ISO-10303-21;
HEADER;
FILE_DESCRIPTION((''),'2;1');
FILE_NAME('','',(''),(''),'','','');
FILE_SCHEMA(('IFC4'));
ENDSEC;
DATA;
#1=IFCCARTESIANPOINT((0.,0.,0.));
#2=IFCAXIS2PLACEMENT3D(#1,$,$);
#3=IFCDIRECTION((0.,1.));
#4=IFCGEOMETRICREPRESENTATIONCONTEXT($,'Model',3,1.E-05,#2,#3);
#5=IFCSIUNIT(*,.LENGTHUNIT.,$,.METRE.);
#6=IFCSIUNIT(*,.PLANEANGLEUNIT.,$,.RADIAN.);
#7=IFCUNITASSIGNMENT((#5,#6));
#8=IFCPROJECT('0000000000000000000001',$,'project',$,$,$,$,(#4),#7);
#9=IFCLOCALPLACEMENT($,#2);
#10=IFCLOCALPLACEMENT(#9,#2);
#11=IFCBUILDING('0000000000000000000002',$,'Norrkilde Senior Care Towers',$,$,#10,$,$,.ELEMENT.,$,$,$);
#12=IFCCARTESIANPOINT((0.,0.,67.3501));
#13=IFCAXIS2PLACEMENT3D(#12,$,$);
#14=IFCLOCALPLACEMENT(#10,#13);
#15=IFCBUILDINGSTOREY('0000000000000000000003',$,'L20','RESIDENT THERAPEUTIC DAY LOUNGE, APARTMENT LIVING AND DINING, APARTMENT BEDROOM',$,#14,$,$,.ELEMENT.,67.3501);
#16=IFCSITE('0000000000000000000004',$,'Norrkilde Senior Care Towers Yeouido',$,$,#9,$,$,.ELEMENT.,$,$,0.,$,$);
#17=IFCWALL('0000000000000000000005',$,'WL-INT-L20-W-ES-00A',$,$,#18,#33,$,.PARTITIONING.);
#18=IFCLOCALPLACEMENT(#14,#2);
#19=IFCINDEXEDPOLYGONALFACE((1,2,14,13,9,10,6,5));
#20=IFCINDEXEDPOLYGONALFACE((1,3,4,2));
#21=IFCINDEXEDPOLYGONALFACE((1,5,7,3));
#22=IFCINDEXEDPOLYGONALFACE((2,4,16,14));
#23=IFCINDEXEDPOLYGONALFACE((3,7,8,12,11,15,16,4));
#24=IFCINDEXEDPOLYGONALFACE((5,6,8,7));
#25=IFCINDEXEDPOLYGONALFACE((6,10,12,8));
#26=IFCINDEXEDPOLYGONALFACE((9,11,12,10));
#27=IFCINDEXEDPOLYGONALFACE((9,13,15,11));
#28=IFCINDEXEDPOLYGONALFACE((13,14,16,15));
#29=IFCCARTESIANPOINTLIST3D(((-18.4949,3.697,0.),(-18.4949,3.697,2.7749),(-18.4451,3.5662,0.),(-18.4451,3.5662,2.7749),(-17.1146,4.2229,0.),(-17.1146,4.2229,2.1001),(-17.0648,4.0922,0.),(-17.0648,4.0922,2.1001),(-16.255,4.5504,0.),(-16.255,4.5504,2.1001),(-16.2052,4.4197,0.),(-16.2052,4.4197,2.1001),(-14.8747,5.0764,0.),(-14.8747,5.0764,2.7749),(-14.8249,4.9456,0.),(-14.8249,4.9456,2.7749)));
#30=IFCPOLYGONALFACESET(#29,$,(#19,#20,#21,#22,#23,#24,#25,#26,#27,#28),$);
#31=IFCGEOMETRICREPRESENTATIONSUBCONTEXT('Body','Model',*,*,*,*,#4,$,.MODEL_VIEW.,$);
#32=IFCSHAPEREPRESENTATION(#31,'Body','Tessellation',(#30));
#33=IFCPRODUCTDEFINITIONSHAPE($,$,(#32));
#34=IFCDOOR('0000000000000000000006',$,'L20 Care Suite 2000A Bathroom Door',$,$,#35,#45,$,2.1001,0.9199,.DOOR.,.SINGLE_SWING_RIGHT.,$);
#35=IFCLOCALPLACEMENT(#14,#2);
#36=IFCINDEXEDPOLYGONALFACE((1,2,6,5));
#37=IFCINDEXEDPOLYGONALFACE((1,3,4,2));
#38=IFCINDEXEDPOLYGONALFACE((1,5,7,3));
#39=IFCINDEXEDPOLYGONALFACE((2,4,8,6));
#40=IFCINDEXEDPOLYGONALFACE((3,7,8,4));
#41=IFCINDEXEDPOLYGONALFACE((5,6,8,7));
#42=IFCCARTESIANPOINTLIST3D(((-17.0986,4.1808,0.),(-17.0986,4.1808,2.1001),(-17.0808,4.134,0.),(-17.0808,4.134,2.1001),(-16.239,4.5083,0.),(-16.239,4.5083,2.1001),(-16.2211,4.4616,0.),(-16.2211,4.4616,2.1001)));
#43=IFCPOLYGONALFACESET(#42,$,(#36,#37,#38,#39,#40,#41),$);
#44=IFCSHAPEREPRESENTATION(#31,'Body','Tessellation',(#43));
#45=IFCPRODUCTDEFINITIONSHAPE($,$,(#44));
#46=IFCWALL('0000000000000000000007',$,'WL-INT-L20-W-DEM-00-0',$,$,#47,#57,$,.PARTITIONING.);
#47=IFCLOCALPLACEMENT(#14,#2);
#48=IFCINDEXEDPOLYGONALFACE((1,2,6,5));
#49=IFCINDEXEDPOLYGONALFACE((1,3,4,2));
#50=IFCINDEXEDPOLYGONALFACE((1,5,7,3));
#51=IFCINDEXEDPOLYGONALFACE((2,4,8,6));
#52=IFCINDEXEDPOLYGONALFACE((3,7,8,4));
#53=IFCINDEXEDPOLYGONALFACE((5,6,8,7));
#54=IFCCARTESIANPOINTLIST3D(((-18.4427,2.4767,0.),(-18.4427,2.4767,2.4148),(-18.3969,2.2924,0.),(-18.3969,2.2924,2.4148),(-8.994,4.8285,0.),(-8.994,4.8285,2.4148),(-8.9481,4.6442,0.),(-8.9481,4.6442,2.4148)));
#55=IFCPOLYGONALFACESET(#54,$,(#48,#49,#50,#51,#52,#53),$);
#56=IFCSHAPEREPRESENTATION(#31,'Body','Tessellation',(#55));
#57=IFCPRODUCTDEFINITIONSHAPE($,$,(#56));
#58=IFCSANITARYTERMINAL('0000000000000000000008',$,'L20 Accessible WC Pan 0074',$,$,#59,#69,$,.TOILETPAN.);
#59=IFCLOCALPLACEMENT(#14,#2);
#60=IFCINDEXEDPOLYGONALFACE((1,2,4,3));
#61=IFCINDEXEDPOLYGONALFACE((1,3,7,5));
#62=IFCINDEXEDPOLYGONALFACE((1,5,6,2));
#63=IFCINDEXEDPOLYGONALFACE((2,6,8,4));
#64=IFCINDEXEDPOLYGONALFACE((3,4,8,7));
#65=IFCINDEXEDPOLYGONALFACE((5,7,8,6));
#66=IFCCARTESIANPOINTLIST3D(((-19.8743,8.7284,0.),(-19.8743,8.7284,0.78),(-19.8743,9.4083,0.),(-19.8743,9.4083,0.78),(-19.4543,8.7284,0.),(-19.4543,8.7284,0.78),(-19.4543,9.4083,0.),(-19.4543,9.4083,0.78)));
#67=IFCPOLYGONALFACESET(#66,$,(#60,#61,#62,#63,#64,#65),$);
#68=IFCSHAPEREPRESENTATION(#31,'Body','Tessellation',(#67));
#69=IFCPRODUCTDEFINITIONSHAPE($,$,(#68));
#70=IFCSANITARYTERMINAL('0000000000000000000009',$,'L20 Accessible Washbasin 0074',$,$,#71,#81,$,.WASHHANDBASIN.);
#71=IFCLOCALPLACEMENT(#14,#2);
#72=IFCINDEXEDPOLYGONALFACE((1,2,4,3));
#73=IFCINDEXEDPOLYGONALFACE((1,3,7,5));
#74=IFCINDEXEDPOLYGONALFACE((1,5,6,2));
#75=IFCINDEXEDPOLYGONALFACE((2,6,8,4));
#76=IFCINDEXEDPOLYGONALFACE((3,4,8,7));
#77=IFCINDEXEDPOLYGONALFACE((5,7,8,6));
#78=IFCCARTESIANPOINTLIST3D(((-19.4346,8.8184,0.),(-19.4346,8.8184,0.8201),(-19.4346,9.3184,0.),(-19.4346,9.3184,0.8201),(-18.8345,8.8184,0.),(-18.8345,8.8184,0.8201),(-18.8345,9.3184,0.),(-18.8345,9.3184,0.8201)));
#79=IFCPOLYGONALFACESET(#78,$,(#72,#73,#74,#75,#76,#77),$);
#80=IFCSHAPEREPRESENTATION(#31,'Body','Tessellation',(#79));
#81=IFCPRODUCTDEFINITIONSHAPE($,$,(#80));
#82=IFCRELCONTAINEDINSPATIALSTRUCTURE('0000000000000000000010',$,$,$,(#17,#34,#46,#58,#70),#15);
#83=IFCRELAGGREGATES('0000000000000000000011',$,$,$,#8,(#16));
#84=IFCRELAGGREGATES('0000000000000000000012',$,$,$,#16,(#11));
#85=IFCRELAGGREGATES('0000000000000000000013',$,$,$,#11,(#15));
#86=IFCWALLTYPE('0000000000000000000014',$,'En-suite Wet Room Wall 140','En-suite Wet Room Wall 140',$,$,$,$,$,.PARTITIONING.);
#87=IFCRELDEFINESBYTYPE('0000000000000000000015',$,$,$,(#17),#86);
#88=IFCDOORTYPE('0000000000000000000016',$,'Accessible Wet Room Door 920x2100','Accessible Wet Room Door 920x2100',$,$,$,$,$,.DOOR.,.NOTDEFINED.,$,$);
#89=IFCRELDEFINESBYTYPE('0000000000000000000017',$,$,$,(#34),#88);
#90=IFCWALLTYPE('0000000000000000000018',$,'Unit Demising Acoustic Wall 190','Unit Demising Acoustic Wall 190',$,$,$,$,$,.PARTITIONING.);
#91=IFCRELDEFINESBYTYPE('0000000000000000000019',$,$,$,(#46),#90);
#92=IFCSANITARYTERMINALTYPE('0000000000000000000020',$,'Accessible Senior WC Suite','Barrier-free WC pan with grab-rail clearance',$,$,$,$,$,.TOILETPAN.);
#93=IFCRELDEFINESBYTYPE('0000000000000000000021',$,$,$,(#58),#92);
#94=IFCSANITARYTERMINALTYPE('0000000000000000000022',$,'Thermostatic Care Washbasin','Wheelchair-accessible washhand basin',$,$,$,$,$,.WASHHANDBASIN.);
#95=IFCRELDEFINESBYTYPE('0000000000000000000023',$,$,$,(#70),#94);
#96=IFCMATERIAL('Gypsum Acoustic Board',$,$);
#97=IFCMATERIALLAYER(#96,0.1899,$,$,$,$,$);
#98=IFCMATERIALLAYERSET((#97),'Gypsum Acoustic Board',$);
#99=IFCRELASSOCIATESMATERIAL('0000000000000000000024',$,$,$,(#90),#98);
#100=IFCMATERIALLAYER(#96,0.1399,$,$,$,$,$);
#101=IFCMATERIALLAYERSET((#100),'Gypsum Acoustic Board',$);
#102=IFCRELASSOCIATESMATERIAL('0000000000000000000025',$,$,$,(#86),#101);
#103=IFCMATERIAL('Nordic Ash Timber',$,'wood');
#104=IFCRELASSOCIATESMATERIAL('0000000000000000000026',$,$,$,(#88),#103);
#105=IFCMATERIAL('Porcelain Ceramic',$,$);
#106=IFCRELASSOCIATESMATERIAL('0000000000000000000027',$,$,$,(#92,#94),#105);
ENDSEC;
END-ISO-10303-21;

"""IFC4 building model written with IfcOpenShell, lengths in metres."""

from ifc_helpers import new_model, si_unit, direction, frame, frame_2d, origin, origin_2d, place, context, subcontext, project, spatial, rectangle, extrude, source, transform, mapped, material, layer, layer_set, type_object, type_shapes, element, fill, save


model = new_model("IFC4")

# Units and contexts
model_context = context("Model", 3, precision=1e-05, world=origin(), true_north=direction((0.0, 1.0)))
body_context = subcontext(model_context, "Body", "Model", "MODEL_VIEW")
ifc_project = project(units=[si_unit("LENGTHUNIT", "METRE"), si_unit("PLANEANGLEUNIT", "RADIAN")], contexts=[model_context])

# Site, building, storey
site_placement = place(None, origin())
site = spatial("IfcSite", under=ifc_project, at=site_placement, Name="Norrkilde Senior Care Towers Yeouido", CompositionType="ELEMENT", RefElevation=0.0)
building_placement = place(site_placement, origin())
building = spatial("IfcBuilding", under=site, at=building_placement, Name="Norrkilde Senior Care Towers", CompositionType="ELEMENT")
storey_placement = place(building_placement, frame((0.0, 0.0, 67.3501)))
storey = spatial("IfcBuildingStorey", under=building, at=storey_placement, Name="L20", Description="RESIDENT THERAPEUTIC DAY LOUNGE, APARTMENT LIVING AND DINING, APARTMENT BEDROOM", CompositionType="ELEMENT", Elevation=67.3501)

# Shared definitions
ifc_material_1 = material(Name="Gypsum Acoustic Board")
ifc_material_2 = material(Name="Nordic Ash Timber", Category="wood")

# Shared definitions
ifc_layer_1 = layer(ifc_material_1, 0.1899)
ifc_layer_set_1 = layer_set([ifc_layer_1], Name="Gypsum Acoustic Board")
wall_type_1 = type_object("IfcWallType", Name="Unit Demising Acoustic Wall 190", Description="Unit Demising Acoustic Wall 190", PredefinedType="PARTITIONING", material=ifc_layer_set_1)
ifc_layer_2 = layer(ifc_material_1, 0.1399)
ifc_layer_set_2 = layer_set([ifc_layer_2], Name="Gypsum Acoustic Board")
wall_type_2 = type_object("IfcWallType", Name="En-suite Wet Room Wall 140", Description="En-suite Wet Room Wall 140", PredefinedType="PARTITIONING", material=ifc_layer_set_2)

# Wall, opening, door
shared_shape_1 = source(origin(), body_context, "Body", "SweptSolid", [
    extrude(rectangle(XDim=3.874, YDim=0.1399, at=frame_2d((1.937, 0.0))), origin(), (0.0, 0.0, 1.0), 2.7749),
])
wall_1_placement = place(storey_placement, frame((-18.47, 3.6316, 0.0), z_axis=(0.0, 0.0, 1.0), x_axis=(0.934462, 0.356063, 0.0)))
wall_1 = element("IfcWall", 1, at=wall_1_placement, inside=storey, type_object=wall_type_2, Name="WL-INT-L20-W-ES-00A", PredefinedType="PARTITIONING", context=body_context, shape_type="MappedRepresentation", body=[
    mapped(shared_shape_1, transform((0.0, 0.0, 0.0), x_axis=(1.0, 0.0, 0.0), y_axis=(0.0, 1.0, 0.0), z_axis=(0.0, 0.0, 1.0), scale=1.0)),
])
opening_1_placement = place(wall_1_placement, frame((1.4771, 0.0, 0.0)))
opening_1 = element("IfcOpeningElement", 2, at=opening_1_placement, cuts=wall_1, PredefinedType="OPENING", context=body_context, shape_type="SweptSolid", body=[
    extrude(rectangle(XDim=0.9199, YDim=2.1001, at=frame_2d((0.46, 1.05))), frame((0.0, 0.0798, 0.0), z_axis=(0.0, -1.0, 0.0), x_axis=(1.0, 0.0, 0.0)), (0.0, 0.0, 1.0), 0.1599),
])
door_type_1 = type_object("IfcDoorType", Name="Accessible Wet Room Door 920x2100", Description="Accessible Wet Room Door 920x2100", OperationType="NOTDEFINED", PredefinedType="DOOR", material=ifc_material_2)
shared_shape_2 = source(origin(), body_context, "Body", "SweptSolid", [
    extrude(rectangle(XDim=0.9199, YDim=2.1001, at=frame_2d((0.46, 1.05))), frame((0.0, 0.0249, 0.0), z_axis=(0.0, -1.0, 0.0), x_axis=(1.0, 0.0, 0.0)), (0.0, 0.0, 1.0), 0.05),
])
type_shapes(door_type_1, [shared_shape_2])
door_1_placement = place(opening_1_placement, origin())
door_1 = element("IfcDoor", 3, at=door_1_placement, inside=storey, type_object=door_type_1, Name="L20 Care Suite 2000A Bathroom Door", OperationType="SINGLE_SWING_RIGHT", OverallHeight=2.1001, OverallWidth=0.9199, PredefinedType="DOOR", context=body_context, shape_type="MappedRepresentation", body=[
    mapped(shared_shape_2, transform((0.0, 0.0, 0.0), x_axis=(1.0, 0.0, 0.0), y_axis=(0.0, 1.0, 0.0), z_axis=(0.0, 0.0, 1.0), scale=1.0)),
])
fill(opening_1, door_1)

# Wall
shared_shape_3 = source(origin(), body_context, "Body", "SweptSolid", [
    extrude(rectangle(XDim=9.7371, YDim=0.1899, at=frame_2d((4.8687, 0.0))), origin(), (0.0, 0.0, 1.0), 2.4148),
])
wall_2_placement = place(storey_placement, frame((-18.4199, 2.3845, 0.0), z_axis=(0.0, 0.0, 1.0), x_axis=(0.970393, 0.241533, 0.0)))
element("IfcWall", 4, at=wall_2_placement, inside=storey, type_object=wall_type_1, Name="WL-INT-L20-W-DEM-00-0", PredefinedType="PARTITIONING", context=body_context, shape_type="MappedRepresentation", body=[
    mapped(shared_shape_3, transform((0.0, 0.0, 0.0), x_axis=(1.0, 0.0, 0.0), y_axis=(0.0, 1.0, 0.0), z_axis=(0.0, 0.0, 1.0), scale=1.0)),
])

# Sanitary terminals
ifc_material_3 = material(Name="Porcelain Ceramic")
sanitary_terminal_type_1 = type_object("IfcSanitaryTerminalType", Name="Accessible Senior WC Suite", Description="Barrier-free WC pan with grab-rail clearance", PredefinedType="TOILETPAN", material=ifc_material_3)
shared_shape_4 = source(origin(), body_context, "Body", "SweptSolid", [
    extrude(rectangle(XDim=0.4199, YDim=0.6799, at=origin_2d()), origin(), (0.0, 0.0, 1.0), 0.78),
])
type_shapes(sanitary_terminal_type_1, [shared_shape_4])
sanitary_terminal_1_placement = place(storey_placement, frame((-19.6643, 9.0684, 0.0), z_axis=(0.0, 0.0, 1.0), x_axis=(1.0, 0.0, 0.0)))
element("IfcSanitaryTerminal", 5, at=sanitary_terminal_1_placement, inside=storey, type_object=sanitary_terminal_type_1, Name="L20 Accessible WC Pan 0074", PredefinedType="TOILETPAN", context=body_context, shape_type="MappedRepresentation", body=[
    mapped(shared_shape_4, transform((0.0, 0.0, 0.0), x_axis=(1.0, 0.0, 0.0), y_axis=(0.0, 1.0, 0.0), z_axis=(0.0, 0.0, 1.0), scale=1.0)),
])
sanitary_terminal_type_2 = type_object("IfcSanitaryTerminalType", Name="Thermostatic Care Washbasin", Description="Wheelchair-accessible washhand basin", PredefinedType="WASHHANDBASIN", material=ifc_material_3)
shared_shape_5 = source(origin(), body_context, "Body", "SweptSolid", [
    extrude(rectangle(XDim=0.6001, YDim=0.5, at=origin_2d()), origin(), (0.0, 0.0, 1.0), 0.8201),
])
type_shapes(sanitary_terminal_type_2, [shared_shape_5])
sanitary_terminal_2_placement = place(storey_placement, frame((-19.1345, 9.0684, 0.0), z_axis=(0.0, 0.0, 1.0), x_axis=(1.0, 0.0, 0.0)))
element("IfcSanitaryTerminal", 6, at=sanitary_terminal_2_placement, inside=storey, type_object=sanitary_terminal_type_2, Name="L20 Accessible Washbasin 0074", PredefinedType="WASHHANDBASIN", context=body_context, shape_type="MappedRepresentation", body=[
    mapped(shared_shape_5, transform((0.0, 0.0, 0.0), x_axis=(1.0, 0.0, 0.0), y_axis=(0.0, 1.0, 0.0), z_axis=(0.0, 0.0, 1.0), scale=1.0)),
])

save(model, "model.ifc")
